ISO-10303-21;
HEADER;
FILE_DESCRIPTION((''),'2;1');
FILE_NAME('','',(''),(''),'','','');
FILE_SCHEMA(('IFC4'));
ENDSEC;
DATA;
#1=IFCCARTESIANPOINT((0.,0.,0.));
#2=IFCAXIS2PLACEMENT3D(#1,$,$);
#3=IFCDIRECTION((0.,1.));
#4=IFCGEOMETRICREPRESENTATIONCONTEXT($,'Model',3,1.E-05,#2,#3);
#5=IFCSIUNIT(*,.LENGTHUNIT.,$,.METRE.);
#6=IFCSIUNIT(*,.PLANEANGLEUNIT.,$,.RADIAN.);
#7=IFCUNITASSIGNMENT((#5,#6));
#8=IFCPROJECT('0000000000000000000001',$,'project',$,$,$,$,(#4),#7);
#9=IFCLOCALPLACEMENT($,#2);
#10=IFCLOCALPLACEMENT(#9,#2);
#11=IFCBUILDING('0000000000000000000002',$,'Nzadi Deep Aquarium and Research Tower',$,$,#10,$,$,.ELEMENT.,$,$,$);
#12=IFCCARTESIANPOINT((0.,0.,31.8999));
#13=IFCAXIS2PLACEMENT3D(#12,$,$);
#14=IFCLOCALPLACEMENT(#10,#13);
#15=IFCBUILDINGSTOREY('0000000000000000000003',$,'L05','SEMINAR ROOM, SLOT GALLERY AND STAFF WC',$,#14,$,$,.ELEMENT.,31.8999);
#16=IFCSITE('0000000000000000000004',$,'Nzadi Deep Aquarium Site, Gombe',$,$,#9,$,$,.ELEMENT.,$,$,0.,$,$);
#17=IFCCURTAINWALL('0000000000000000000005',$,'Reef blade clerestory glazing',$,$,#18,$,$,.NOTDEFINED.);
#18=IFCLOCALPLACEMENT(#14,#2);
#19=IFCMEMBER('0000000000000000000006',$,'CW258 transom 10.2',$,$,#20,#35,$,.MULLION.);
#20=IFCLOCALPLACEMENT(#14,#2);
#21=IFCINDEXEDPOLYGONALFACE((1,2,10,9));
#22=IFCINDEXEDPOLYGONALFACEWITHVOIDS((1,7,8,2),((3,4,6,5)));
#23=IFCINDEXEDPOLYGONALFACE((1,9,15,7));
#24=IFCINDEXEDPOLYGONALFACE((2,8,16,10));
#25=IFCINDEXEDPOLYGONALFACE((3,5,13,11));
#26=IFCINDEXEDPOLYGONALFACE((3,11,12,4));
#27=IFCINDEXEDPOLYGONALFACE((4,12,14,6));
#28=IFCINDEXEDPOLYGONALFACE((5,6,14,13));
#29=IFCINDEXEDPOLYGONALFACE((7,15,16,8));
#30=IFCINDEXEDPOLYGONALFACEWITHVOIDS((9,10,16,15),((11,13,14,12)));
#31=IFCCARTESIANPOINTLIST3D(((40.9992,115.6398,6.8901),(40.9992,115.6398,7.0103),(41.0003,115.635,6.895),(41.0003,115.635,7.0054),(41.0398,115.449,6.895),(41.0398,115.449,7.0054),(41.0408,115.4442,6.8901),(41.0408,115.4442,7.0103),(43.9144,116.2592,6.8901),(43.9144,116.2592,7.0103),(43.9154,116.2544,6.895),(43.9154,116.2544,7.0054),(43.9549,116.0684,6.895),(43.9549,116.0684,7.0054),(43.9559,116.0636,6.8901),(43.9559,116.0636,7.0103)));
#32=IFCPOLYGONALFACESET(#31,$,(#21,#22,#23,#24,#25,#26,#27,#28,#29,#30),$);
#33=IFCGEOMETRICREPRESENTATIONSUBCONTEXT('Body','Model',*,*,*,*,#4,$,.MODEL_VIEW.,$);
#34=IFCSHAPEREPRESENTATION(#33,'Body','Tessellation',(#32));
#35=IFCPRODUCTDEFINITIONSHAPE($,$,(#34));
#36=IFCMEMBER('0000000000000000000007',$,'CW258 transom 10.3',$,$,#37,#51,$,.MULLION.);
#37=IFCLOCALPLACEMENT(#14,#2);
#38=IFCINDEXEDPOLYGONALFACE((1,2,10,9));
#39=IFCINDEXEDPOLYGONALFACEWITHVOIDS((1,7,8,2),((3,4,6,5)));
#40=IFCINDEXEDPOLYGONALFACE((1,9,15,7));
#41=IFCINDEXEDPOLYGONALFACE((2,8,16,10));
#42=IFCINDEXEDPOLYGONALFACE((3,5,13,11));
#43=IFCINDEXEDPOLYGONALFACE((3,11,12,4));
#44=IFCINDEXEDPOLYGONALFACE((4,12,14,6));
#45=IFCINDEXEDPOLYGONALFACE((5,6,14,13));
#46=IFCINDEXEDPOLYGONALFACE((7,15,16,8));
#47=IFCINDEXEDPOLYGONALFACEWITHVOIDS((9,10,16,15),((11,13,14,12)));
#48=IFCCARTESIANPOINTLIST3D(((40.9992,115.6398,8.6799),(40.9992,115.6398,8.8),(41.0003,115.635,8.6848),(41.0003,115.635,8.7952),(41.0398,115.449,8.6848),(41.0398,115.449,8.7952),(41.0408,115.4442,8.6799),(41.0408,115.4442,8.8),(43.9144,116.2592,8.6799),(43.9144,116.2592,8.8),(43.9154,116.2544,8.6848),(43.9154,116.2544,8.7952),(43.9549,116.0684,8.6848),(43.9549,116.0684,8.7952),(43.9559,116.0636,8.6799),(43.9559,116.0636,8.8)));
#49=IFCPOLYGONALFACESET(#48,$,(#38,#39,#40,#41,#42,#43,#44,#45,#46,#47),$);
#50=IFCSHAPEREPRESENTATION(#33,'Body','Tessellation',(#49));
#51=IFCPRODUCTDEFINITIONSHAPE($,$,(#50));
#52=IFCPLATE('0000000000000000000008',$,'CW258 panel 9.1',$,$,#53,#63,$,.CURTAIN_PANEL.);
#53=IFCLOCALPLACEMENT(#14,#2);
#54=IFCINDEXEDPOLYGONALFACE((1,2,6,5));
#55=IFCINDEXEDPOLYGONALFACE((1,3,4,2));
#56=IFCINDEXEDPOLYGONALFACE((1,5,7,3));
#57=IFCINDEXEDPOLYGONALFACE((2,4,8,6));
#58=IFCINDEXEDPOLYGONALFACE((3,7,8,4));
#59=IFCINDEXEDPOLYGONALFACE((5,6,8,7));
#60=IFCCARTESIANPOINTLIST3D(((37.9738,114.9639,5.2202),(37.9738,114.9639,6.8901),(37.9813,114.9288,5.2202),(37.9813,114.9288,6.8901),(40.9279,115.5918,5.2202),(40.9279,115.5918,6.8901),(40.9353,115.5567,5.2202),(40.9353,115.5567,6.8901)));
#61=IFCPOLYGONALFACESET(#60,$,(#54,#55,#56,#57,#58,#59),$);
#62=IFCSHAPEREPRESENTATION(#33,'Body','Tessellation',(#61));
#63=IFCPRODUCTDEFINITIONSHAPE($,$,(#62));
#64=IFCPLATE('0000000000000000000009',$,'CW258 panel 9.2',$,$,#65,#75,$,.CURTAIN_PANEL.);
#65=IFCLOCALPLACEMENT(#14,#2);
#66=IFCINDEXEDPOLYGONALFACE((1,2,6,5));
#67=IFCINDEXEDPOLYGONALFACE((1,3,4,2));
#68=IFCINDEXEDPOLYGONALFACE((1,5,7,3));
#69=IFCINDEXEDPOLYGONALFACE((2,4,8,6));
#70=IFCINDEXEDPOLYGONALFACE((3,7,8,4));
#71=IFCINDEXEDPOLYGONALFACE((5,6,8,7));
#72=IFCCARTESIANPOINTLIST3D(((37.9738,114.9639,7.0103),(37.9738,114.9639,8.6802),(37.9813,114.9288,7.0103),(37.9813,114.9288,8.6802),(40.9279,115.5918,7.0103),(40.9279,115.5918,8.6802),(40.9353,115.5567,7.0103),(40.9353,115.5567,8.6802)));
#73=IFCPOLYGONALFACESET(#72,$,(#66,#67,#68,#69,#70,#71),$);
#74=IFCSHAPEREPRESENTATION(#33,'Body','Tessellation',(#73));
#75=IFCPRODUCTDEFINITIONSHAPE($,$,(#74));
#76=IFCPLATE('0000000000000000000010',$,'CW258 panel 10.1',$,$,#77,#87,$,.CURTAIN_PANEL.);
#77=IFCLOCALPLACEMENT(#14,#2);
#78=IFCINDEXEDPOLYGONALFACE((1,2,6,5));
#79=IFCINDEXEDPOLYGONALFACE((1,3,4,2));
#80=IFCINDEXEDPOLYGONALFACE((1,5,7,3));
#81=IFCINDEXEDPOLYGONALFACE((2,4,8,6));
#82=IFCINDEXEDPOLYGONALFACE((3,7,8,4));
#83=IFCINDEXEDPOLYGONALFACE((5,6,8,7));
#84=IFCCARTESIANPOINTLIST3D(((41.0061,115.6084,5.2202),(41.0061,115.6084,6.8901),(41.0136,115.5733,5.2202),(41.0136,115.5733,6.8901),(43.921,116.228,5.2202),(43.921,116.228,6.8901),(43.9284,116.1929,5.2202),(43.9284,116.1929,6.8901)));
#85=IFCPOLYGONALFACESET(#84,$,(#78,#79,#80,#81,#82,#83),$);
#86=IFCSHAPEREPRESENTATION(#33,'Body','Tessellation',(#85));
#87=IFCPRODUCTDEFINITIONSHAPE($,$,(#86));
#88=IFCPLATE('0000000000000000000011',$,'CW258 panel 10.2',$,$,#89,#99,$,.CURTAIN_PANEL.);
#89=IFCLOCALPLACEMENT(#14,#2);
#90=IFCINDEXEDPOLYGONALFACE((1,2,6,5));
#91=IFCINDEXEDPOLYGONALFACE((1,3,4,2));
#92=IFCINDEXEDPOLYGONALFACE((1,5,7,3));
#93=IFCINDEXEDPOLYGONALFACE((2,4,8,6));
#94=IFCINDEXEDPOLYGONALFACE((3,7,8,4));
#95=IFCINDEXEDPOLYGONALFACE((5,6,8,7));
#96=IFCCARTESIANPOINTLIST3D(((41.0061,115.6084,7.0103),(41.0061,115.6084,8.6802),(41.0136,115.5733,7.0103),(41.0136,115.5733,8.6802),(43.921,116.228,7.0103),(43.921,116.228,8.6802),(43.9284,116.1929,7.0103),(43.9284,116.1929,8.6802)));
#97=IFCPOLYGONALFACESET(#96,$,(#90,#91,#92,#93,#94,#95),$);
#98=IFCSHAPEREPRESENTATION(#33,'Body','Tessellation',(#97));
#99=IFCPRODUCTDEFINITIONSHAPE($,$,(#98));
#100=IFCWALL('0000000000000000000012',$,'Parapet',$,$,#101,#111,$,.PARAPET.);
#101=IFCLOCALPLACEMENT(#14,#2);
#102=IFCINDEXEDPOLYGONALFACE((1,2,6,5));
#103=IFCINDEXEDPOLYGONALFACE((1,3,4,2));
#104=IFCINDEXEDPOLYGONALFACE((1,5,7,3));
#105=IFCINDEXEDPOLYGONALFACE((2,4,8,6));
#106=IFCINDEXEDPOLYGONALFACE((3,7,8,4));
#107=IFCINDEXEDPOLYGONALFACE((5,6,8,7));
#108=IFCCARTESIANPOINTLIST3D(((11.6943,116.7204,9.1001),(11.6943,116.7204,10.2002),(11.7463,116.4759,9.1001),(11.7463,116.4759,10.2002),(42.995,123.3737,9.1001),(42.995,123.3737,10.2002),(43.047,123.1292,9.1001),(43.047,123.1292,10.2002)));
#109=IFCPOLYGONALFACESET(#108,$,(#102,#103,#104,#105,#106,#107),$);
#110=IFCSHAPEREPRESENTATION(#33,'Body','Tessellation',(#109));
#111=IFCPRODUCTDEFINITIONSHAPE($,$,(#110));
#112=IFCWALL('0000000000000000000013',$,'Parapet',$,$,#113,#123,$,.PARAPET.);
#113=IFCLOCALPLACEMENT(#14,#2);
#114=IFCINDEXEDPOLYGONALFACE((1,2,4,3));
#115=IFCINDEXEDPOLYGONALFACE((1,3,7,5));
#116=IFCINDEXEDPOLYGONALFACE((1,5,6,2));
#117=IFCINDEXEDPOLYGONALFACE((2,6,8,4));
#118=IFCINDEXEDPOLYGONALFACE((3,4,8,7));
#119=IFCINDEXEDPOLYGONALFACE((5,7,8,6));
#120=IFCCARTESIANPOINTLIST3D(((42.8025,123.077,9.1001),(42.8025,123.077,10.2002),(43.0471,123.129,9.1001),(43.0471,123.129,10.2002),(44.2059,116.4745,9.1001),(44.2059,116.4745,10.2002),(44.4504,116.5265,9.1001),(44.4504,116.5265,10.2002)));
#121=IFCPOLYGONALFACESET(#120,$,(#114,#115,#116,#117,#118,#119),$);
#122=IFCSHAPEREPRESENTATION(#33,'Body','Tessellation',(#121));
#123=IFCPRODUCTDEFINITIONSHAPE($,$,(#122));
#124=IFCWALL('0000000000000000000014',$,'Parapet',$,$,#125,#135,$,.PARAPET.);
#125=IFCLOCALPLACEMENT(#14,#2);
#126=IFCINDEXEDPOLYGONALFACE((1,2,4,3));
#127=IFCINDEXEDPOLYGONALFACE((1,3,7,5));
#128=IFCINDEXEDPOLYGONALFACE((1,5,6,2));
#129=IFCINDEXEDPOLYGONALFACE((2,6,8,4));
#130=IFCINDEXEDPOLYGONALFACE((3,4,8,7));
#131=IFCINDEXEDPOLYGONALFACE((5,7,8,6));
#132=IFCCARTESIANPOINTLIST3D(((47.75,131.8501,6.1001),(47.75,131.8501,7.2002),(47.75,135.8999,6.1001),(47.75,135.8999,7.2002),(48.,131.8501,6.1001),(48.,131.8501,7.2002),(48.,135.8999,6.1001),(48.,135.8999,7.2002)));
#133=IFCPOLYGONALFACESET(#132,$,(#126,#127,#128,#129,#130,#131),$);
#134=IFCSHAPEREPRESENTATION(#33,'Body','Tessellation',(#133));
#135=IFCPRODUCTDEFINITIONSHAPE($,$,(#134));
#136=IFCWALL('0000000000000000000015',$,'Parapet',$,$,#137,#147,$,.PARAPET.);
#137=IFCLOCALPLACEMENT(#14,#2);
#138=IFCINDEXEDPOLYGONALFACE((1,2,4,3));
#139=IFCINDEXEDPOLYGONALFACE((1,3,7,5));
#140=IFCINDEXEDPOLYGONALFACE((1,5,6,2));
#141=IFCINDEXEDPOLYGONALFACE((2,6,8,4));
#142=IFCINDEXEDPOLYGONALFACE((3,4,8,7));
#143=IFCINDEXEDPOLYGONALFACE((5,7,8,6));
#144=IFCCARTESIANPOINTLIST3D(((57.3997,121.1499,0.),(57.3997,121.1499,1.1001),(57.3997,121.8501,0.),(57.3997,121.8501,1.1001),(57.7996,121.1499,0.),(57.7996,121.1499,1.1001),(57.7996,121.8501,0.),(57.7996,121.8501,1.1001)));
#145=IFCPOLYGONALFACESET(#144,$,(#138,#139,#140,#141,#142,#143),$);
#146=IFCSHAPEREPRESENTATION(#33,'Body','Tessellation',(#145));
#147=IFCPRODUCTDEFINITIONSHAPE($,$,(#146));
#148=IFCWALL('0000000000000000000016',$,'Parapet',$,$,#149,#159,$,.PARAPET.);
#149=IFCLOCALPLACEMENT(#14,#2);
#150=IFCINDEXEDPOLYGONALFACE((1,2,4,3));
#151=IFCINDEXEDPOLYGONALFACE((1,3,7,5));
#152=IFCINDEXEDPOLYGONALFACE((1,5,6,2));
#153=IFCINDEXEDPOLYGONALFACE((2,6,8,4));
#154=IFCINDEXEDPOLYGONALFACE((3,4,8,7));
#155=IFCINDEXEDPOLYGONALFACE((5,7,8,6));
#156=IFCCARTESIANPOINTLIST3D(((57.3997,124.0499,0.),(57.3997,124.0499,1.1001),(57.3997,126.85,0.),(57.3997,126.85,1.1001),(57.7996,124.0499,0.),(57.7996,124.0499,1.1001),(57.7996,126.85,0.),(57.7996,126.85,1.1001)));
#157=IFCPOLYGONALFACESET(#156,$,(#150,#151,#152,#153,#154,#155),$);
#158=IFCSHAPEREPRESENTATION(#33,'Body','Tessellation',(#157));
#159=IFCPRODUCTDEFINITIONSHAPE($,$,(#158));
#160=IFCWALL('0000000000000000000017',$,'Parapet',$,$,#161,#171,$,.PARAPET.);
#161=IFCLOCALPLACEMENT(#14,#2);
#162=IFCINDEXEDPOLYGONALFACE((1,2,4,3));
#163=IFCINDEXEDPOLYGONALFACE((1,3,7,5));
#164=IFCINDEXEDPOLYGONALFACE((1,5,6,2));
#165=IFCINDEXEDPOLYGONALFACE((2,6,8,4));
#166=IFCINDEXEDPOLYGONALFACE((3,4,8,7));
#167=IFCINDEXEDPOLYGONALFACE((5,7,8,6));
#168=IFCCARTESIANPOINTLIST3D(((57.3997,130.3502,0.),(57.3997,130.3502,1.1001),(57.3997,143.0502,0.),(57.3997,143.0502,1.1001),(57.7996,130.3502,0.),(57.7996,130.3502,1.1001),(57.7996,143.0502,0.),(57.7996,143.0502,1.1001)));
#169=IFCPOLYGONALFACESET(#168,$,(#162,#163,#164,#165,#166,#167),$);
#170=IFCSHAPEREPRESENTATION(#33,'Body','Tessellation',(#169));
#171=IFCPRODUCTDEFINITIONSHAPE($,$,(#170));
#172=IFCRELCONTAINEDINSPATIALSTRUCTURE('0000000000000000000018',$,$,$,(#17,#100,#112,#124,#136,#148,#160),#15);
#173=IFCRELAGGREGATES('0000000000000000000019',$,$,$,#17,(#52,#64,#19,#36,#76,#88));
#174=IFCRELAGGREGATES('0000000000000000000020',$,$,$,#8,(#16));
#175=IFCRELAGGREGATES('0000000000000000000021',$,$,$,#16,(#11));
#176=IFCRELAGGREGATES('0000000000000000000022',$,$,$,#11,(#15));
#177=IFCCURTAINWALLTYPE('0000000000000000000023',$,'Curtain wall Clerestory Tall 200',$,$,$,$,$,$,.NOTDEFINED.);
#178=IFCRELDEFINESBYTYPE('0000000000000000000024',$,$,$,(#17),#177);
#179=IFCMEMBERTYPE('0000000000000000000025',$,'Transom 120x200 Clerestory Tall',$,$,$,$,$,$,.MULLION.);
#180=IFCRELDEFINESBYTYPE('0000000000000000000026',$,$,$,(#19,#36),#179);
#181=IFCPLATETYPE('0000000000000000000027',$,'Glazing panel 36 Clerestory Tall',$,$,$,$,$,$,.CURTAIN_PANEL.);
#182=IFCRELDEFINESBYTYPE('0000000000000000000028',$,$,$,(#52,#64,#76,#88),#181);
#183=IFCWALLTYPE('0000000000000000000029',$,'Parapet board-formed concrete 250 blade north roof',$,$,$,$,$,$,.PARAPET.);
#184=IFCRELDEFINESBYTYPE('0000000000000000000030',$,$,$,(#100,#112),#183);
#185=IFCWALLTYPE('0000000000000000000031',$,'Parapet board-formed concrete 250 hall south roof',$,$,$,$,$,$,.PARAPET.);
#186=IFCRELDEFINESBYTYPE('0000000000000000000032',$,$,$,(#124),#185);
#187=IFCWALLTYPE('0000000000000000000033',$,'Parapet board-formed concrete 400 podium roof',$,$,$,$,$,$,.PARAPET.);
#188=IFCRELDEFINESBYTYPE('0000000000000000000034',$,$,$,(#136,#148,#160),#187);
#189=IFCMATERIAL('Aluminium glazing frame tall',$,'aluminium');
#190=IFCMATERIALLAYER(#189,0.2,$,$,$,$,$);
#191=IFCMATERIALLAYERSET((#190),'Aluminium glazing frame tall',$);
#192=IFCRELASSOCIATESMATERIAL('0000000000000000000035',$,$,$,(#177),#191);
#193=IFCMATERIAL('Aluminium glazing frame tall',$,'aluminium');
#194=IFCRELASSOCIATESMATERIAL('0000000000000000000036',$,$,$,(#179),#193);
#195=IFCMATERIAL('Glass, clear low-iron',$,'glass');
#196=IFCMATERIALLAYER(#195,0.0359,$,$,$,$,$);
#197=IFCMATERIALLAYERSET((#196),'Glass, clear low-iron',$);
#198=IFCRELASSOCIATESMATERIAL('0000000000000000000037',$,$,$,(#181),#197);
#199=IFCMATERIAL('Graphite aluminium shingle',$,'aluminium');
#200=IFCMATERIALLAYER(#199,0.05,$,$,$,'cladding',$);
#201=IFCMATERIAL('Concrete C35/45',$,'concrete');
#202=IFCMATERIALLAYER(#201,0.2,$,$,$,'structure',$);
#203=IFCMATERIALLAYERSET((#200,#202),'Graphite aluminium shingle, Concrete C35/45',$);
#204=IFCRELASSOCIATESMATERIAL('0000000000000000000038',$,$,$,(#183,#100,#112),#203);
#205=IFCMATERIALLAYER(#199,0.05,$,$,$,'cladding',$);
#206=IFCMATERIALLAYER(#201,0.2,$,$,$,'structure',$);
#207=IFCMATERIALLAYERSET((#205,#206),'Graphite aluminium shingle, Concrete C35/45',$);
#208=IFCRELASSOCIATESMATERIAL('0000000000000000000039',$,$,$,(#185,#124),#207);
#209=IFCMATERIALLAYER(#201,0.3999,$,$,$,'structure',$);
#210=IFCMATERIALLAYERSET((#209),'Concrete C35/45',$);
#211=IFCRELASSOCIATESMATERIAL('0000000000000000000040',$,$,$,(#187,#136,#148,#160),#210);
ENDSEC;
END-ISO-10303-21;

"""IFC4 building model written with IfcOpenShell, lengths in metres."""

from ifc_helpers import new_model, si_unit, direction, frame, frame_2d, origin, origin_2d, place, context, subcontext, project, spatial, rectangle, hollow_rectangle, extrude, material, layer, layer_set, layer_usage, material_profile, profile_set, type_object, element, aggregate, save


model = new_model("IFC4")

# Units and contexts
model_context = context("Model", 3, precision=1e-05, world=origin(), true_north=direction((0.0, 1.0)))
body_context = subcontext(model_context, "Body", "Model", "MODEL_VIEW")
ifc_project = project(units=[si_unit("LENGTHUNIT", "METRE"), si_unit("PLANEANGLEUNIT", "RADIAN")], contexts=[model_context])

# Site, building, storey
site_placement = place(None, origin())
site = spatial("IfcSite", under=ifc_project, at=site_placement, Name="Nzadi Deep Aquarium Site, Gombe", CompositionType="ELEMENT", RefElevation=0.0)
building_placement = place(site_placement, origin())
building = spatial("IfcBuilding", under=site, at=building_placement, Name="Nzadi Deep Aquarium and Research Tower", CompositionType="ELEMENT")
storey_placement = place(building_placement, frame((0.0, 0.0, 31.8999)))
storey = spatial("IfcBuildingStorey", under=building, at=storey_placement, Name="L05", Description="SEMINAR ROOM, SLOT GALLERY AND STAFF WC", CompositionType="ELEMENT", Elevation=31.8999)

# Curtain wall
ifc_material_1 = material(Name="Aluminium glazing frame tall", Category="aluminium")
ifc_layer_1 = layer(ifc_material_1, 0.2)
ifc_layer_set_1 = layer_set([ifc_layer_1], Name="Aluminium glazing frame tall")
curtain_wall_type = type_object("IfcCurtainWallType", Name="Curtain wall Clerestory Tall 200", PredefinedType="NOTDEFINED", material=ifc_layer_set_1)
curtain_wall_placement = place(storey_placement, origin())
curtain_wall = element("IfcCurtainWall", 1, at=curtain_wall_placement, inside=storey, type_object=curtain_wall_type, Name="Reef blade clerestory glazing", PredefinedType="NOTDEFINED")

# Members
ifc_material_2 = material(Name="Aluminium glazing frame tall", Category="aluminium")
ifc_material_profile_1 = material_profile(ifc_material_2, hollow_rectangle(XDim=0.2, YDim=0.1201, WallThickness=0.0049, at=origin_2d()))
ifc_profile_set_1 = profile_set([ifc_material_profile_1], Name="Aluminium glazing frame tall")
member_type_1 = type_object("IfcMemberType", Name="Transom 120x200 Clerestory Tall", PredefinedType="MULLION", material=ifc_profile_set_1)
member_1_placement = place(storey_placement, frame((41.02, 115.542, 6.9502), z_axis=(0.978163, 0.207839, 0.0), x_axis=(-0.207839, 0.978163, 0.0)))
member_1 = element("IfcMember", 2, at=member_1_placement, type_object=member_type_1, Name="CW258 transom 10.2", PredefinedType="MULLION", context=body_context, shape_type="SweptSolid", body=[
    extrude(hollow_rectangle(XDim=0.2, YDim=0.1201, WallThickness=0.0049, at=origin_2d()), origin(), (0.0, 0.0, 1.0), 2.9802),
])
member_2_placement = place(storey_placement, frame((41.02, 115.542, 8.74), z_axis=(0.978163, 0.207839, 0.0), x_axis=(-0.207839, 0.978163, 0.0)))
member_2 = element("IfcMember", 3, at=member_2_placement, type_object=member_type_1, Name="CW258 transom 10.3", PredefinedType="MULLION", context=body_context, shape_type="SweptSolid", body=[
    extrude(hollow_rectangle(XDim=0.2, YDim=0.1201, WallThickness=0.0049, at=origin_2d()), origin(), (0.0, 0.0, 1.0), 2.9802),
])

# Plates
ifc_material_3 = material(Name="Glass, clear low-iron", Category="glass")
ifc_layer_2 = layer(ifc_material_3, 0.0359)
ifc_layer_set_2 = layer_set([ifc_layer_2], Name="Glass, clear low-iron")
plate_type = type_object("IfcPlateType", Name="Glazing panel 36 Clerestory Tall", PredefinedType="CURTAIN_PANEL", material=ifc_layer_set_2)
plate_1_placement = place(storey_placement, frame((39.4546, 115.2603, 5.2202), z_axis=(0.0, 0.0, 1.0), x_axis=(0.978148, 0.207912, 0.0)))
plate_1 = element("IfcPlate", 4, at=plate_1_placement, type_object=plate_type, Name="CW258 panel 9.1", PredefinedType="CURTAIN_PANEL", context=body_context, shape_type="SweptSolid", body=[
    extrude(rectangle(XDim=3.02, YDim=0.0359, at=origin_2d()), origin(), (0.0, 0.0, 1.0), 1.6699),
])
plate_2_placement = place(storey_placement, frame((39.4546, 115.2603, 7.0103), z_axis=(0.0, 0.0, 1.0), x_axis=(0.978148, 0.207912, 0.0)))
plate_2 = element("IfcPlate", 5, at=plate_2_placement, type_object=plate_type, Name="CW258 panel 9.2", PredefinedType="CURTAIN_PANEL", context=body_context, shape_type="SweptSolid", body=[
    extrude(rectangle(XDim=3.02, YDim=0.0359, at=origin_2d()), origin(), (0.0, 0.0, 1.0), 1.6699),
])
plate_3_placement = place(storey_placement, frame((42.4673, 115.9006, 5.2202), z_axis=(0.0, 0.0, 1.0), x_axis=(0.978148, 0.207912, 0.0)))
plate_3 = element("IfcPlate", 6, at=plate_3_placement, type_object=plate_type, Name="CW258 panel 10.1", PredefinedType="CURTAIN_PANEL", context=body_context, shape_type="SweptSolid", body=[
    extrude(rectangle(XDim=2.98, YDim=0.0359, at=origin_2d()), origin(), (0.0, 0.0, 1.0), 1.6699),
])
plate_4_placement = place(storey_placement, frame((42.4673, 115.9006, 7.0103), z_axis=(0.0, 0.0, 1.0), x_axis=(0.978148, 0.207912, 0.0)))
plate_4 = element("IfcPlate", 7, at=plate_4_placement, type_object=plate_type, Name="CW258 panel 10.2", PredefinedType="CURTAIN_PANEL", context=body_context, shape_type="SweptSolid", body=[
    extrude(rectangle(XDim=2.98, YDim=0.0359, at=origin_2d()), origin(), (0.0, 0.0, 1.0), 1.6699),
])
aggregate(curtain_wall, [plate_1, plate_2, member_1, member_2, plate_3, plate_4])

# Walls
ifc_material_4 = material(Name="Graphite aluminium shingle", Category="aluminium")
ifc_layer_3 = layer(ifc_material_4, 0.05, Category="cladding")
ifc_material_5 = material(Name="Concrete C35/45", Category="concrete")
ifc_layer_4 = layer(ifc_material_5, 0.2, Category="structure")
ifc_layer_set_3 = layer_set([ifc_layer_3, ifc_layer_4], Name="Graphite aluminium shingle, Concrete C35/45")
ifc_layer_usage_1 = layer_usage(ifc_layer_set_3, "AXIS2", "POSITIVE", -0.125)
wall_type_1 = type_object("IfcWallType", Name="Parapet board-formed concrete 250 blade north roof", PredefinedType="PARAPET", material=ifc_layer_set_3)
wall_1_placement = place(storey_placement, frame((43.021, 123.2515, 9.1001), z_axis=(0.0, 0.0, 1.0), x_axis=(-0.978147, -0.207916, 0.0)))
element("IfcWall", 8, at=wall_1_placement, inside=storey, type_object=wall_type_1, material=ifc_layer_usage_1, Name="Parapet", PredefinedType="PARAPET", context=body_context, shape_type="SweptSolid", body=[
    extrude(rectangle(XDim=32.0, YDim=0.25, at=frame_2d((16.0, 0.0))), origin(), (0.0, 0.0, 1.0), 1.1001),
])
ifc_layer_usage_2 = layer_usage(ifc_layer_set_3, "AXIS2", "POSITIVE", -0.125)
wall_2_placement = place(storey_placement, frame((44.3281, 116.5005, 9.1001), z_axis=(0.0, 0.0, 1.0), x_axis=(-0.207899, 0.97815, 0.0)))
element("IfcWall", 9, at=wall_2_placement, inside=storey, type_object=wall_type_1, material=ifc_layer_usage_2, Name="Parapet", PredefinedType="PARAPET", context=body_context, shape_type="SweptSolid", body=[
    extrude(rectangle(XDim=6.75, YDim=0.25, at=frame_2d((3.375, 0.0))), origin(), (0.0, 0.0, 1.0), 1.1001),
])
ifc_layer_5 = layer(ifc_material_4, 0.05, Category="cladding")
ifc_layer_6 = layer(ifc_material_5, 0.2, Category="structure")
ifc_layer_set_4 = layer_set([ifc_layer_5, ifc_layer_6], Name="Graphite aluminium shingle, Concrete C35/45")
ifc_layer_usage_3 = layer_usage(ifc_layer_set_4, "AXIS2", "POSITIVE", -0.125)
wall_type_2 = type_object("IfcWallType", Name="Parapet board-formed concrete 250 hall south roof", PredefinedType="PARAPET", material=ifc_layer_set_4)
wall_3_placement = place(storey_placement, frame((47.875, 131.8501, 6.1001), z_axis=(0.0, 0.0, 1.0), x_axis=(0.0, 1.0, 0.0)))
element("IfcWall", 10, at=wall_3_placement, inside=storey, type_object=wall_type_2, material=ifc_layer_usage_3, Name="Parapet", PredefinedType="PARAPET", context=body_context, shape_type="SweptSolid", body=[
    extrude(rectangle(XDim=4.0498, YDim=0.25, at=frame_2d((2.0249, 0.0))), origin(), (0.0, 0.0, 1.0), 1.1001),
])
ifc_layer_7 = layer(ifc_material_5, 0.3999, Category="structure")
ifc_layer_set_5 = layer_set([ifc_layer_7], Name="Concrete C35/45")
ifc_layer_usage_4 = layer_usage(ifc_layer_set_5, "AXIS2", "POSITIVE", -0.2)
wall_type_3 = type_object("IfcWallType", Name="Parapet board-formed concrete 400 podium roof", PredefinedType="PARAPET", material=ifc_layer_set_5)
wall_4_placement = place(storey_placement, frame((57.5996, 121.1499, 0.0), z_axis=(0.0, 0.0, 1.0), x_axis=(0.0, 1.0, 0.0)))
element("IfcWall", 11, at=wall_4_placement, inside=storey, type_object=wall_type_3, material=ifc_layer_usage_4, Name="Parapet", PredefinedType="PARAPET", context=body_context, shape_type="SweptSolid", body=[
    extrude(rectangle(XDim=0.7002, YDim=0.3999, at=frame_2d((0.3501, 0.0))), origin(), (0.0, 0.0, 1.0), 1.1001),
])
ifc_layer_usage_5 = layer_usage(ifc_layer_set_5, "AXIS2", "POSITIVE", -0.2)
wall_5_placement = place(storey_placement, frame((57.5996, 124.05, 0.0), z_axis=(0.0, 0.0, 1.0), x_axis=(0.0, 1.0, 0.0)))
element("IfcWall", 12, at=wall_5_placement, inside=storey, type_object=wall_type_3, material=ifc_layer_usage_5, Name="Parapet", PredefinedType="PARAPET", context=body_context, shape_type="SweptSolid", body=[
    extrude(rectangle(XDim=2.8, YDim=0.3999, at=frame_2d((1.3999, 0.0))), origin(), (0.0, 0.0, 1.0), 1.1001),
])
ifc_layer_usage_6 = layer_usage(ifc_layer_set_5, "AXIS2", "POSITIVE", -0.2)
wall_6_placement = place(storey_placement, frame((57.5996, 130.3501, 0.0), z_axis=(0.0, 0.0, 1.0), x_axis=(0.0, 1.0, 0.0)))
element("IfcWall", 13, at=wall_6_placement, inside=storey, type_object=wall_type_3, material=ifc_layer_usage_6, Name="Parapet", PredefinedType="PARAPET", context=body_context, shape_type="SweptSolid", body=[
    extrude(rectangle(XDim=12.7, YDim=0.3999, at=frame_2d((6.3501, 0.0))), origin(), (0.0, 0.0, 1.0), 1.1001),
])

save(model, "model.ifc")
